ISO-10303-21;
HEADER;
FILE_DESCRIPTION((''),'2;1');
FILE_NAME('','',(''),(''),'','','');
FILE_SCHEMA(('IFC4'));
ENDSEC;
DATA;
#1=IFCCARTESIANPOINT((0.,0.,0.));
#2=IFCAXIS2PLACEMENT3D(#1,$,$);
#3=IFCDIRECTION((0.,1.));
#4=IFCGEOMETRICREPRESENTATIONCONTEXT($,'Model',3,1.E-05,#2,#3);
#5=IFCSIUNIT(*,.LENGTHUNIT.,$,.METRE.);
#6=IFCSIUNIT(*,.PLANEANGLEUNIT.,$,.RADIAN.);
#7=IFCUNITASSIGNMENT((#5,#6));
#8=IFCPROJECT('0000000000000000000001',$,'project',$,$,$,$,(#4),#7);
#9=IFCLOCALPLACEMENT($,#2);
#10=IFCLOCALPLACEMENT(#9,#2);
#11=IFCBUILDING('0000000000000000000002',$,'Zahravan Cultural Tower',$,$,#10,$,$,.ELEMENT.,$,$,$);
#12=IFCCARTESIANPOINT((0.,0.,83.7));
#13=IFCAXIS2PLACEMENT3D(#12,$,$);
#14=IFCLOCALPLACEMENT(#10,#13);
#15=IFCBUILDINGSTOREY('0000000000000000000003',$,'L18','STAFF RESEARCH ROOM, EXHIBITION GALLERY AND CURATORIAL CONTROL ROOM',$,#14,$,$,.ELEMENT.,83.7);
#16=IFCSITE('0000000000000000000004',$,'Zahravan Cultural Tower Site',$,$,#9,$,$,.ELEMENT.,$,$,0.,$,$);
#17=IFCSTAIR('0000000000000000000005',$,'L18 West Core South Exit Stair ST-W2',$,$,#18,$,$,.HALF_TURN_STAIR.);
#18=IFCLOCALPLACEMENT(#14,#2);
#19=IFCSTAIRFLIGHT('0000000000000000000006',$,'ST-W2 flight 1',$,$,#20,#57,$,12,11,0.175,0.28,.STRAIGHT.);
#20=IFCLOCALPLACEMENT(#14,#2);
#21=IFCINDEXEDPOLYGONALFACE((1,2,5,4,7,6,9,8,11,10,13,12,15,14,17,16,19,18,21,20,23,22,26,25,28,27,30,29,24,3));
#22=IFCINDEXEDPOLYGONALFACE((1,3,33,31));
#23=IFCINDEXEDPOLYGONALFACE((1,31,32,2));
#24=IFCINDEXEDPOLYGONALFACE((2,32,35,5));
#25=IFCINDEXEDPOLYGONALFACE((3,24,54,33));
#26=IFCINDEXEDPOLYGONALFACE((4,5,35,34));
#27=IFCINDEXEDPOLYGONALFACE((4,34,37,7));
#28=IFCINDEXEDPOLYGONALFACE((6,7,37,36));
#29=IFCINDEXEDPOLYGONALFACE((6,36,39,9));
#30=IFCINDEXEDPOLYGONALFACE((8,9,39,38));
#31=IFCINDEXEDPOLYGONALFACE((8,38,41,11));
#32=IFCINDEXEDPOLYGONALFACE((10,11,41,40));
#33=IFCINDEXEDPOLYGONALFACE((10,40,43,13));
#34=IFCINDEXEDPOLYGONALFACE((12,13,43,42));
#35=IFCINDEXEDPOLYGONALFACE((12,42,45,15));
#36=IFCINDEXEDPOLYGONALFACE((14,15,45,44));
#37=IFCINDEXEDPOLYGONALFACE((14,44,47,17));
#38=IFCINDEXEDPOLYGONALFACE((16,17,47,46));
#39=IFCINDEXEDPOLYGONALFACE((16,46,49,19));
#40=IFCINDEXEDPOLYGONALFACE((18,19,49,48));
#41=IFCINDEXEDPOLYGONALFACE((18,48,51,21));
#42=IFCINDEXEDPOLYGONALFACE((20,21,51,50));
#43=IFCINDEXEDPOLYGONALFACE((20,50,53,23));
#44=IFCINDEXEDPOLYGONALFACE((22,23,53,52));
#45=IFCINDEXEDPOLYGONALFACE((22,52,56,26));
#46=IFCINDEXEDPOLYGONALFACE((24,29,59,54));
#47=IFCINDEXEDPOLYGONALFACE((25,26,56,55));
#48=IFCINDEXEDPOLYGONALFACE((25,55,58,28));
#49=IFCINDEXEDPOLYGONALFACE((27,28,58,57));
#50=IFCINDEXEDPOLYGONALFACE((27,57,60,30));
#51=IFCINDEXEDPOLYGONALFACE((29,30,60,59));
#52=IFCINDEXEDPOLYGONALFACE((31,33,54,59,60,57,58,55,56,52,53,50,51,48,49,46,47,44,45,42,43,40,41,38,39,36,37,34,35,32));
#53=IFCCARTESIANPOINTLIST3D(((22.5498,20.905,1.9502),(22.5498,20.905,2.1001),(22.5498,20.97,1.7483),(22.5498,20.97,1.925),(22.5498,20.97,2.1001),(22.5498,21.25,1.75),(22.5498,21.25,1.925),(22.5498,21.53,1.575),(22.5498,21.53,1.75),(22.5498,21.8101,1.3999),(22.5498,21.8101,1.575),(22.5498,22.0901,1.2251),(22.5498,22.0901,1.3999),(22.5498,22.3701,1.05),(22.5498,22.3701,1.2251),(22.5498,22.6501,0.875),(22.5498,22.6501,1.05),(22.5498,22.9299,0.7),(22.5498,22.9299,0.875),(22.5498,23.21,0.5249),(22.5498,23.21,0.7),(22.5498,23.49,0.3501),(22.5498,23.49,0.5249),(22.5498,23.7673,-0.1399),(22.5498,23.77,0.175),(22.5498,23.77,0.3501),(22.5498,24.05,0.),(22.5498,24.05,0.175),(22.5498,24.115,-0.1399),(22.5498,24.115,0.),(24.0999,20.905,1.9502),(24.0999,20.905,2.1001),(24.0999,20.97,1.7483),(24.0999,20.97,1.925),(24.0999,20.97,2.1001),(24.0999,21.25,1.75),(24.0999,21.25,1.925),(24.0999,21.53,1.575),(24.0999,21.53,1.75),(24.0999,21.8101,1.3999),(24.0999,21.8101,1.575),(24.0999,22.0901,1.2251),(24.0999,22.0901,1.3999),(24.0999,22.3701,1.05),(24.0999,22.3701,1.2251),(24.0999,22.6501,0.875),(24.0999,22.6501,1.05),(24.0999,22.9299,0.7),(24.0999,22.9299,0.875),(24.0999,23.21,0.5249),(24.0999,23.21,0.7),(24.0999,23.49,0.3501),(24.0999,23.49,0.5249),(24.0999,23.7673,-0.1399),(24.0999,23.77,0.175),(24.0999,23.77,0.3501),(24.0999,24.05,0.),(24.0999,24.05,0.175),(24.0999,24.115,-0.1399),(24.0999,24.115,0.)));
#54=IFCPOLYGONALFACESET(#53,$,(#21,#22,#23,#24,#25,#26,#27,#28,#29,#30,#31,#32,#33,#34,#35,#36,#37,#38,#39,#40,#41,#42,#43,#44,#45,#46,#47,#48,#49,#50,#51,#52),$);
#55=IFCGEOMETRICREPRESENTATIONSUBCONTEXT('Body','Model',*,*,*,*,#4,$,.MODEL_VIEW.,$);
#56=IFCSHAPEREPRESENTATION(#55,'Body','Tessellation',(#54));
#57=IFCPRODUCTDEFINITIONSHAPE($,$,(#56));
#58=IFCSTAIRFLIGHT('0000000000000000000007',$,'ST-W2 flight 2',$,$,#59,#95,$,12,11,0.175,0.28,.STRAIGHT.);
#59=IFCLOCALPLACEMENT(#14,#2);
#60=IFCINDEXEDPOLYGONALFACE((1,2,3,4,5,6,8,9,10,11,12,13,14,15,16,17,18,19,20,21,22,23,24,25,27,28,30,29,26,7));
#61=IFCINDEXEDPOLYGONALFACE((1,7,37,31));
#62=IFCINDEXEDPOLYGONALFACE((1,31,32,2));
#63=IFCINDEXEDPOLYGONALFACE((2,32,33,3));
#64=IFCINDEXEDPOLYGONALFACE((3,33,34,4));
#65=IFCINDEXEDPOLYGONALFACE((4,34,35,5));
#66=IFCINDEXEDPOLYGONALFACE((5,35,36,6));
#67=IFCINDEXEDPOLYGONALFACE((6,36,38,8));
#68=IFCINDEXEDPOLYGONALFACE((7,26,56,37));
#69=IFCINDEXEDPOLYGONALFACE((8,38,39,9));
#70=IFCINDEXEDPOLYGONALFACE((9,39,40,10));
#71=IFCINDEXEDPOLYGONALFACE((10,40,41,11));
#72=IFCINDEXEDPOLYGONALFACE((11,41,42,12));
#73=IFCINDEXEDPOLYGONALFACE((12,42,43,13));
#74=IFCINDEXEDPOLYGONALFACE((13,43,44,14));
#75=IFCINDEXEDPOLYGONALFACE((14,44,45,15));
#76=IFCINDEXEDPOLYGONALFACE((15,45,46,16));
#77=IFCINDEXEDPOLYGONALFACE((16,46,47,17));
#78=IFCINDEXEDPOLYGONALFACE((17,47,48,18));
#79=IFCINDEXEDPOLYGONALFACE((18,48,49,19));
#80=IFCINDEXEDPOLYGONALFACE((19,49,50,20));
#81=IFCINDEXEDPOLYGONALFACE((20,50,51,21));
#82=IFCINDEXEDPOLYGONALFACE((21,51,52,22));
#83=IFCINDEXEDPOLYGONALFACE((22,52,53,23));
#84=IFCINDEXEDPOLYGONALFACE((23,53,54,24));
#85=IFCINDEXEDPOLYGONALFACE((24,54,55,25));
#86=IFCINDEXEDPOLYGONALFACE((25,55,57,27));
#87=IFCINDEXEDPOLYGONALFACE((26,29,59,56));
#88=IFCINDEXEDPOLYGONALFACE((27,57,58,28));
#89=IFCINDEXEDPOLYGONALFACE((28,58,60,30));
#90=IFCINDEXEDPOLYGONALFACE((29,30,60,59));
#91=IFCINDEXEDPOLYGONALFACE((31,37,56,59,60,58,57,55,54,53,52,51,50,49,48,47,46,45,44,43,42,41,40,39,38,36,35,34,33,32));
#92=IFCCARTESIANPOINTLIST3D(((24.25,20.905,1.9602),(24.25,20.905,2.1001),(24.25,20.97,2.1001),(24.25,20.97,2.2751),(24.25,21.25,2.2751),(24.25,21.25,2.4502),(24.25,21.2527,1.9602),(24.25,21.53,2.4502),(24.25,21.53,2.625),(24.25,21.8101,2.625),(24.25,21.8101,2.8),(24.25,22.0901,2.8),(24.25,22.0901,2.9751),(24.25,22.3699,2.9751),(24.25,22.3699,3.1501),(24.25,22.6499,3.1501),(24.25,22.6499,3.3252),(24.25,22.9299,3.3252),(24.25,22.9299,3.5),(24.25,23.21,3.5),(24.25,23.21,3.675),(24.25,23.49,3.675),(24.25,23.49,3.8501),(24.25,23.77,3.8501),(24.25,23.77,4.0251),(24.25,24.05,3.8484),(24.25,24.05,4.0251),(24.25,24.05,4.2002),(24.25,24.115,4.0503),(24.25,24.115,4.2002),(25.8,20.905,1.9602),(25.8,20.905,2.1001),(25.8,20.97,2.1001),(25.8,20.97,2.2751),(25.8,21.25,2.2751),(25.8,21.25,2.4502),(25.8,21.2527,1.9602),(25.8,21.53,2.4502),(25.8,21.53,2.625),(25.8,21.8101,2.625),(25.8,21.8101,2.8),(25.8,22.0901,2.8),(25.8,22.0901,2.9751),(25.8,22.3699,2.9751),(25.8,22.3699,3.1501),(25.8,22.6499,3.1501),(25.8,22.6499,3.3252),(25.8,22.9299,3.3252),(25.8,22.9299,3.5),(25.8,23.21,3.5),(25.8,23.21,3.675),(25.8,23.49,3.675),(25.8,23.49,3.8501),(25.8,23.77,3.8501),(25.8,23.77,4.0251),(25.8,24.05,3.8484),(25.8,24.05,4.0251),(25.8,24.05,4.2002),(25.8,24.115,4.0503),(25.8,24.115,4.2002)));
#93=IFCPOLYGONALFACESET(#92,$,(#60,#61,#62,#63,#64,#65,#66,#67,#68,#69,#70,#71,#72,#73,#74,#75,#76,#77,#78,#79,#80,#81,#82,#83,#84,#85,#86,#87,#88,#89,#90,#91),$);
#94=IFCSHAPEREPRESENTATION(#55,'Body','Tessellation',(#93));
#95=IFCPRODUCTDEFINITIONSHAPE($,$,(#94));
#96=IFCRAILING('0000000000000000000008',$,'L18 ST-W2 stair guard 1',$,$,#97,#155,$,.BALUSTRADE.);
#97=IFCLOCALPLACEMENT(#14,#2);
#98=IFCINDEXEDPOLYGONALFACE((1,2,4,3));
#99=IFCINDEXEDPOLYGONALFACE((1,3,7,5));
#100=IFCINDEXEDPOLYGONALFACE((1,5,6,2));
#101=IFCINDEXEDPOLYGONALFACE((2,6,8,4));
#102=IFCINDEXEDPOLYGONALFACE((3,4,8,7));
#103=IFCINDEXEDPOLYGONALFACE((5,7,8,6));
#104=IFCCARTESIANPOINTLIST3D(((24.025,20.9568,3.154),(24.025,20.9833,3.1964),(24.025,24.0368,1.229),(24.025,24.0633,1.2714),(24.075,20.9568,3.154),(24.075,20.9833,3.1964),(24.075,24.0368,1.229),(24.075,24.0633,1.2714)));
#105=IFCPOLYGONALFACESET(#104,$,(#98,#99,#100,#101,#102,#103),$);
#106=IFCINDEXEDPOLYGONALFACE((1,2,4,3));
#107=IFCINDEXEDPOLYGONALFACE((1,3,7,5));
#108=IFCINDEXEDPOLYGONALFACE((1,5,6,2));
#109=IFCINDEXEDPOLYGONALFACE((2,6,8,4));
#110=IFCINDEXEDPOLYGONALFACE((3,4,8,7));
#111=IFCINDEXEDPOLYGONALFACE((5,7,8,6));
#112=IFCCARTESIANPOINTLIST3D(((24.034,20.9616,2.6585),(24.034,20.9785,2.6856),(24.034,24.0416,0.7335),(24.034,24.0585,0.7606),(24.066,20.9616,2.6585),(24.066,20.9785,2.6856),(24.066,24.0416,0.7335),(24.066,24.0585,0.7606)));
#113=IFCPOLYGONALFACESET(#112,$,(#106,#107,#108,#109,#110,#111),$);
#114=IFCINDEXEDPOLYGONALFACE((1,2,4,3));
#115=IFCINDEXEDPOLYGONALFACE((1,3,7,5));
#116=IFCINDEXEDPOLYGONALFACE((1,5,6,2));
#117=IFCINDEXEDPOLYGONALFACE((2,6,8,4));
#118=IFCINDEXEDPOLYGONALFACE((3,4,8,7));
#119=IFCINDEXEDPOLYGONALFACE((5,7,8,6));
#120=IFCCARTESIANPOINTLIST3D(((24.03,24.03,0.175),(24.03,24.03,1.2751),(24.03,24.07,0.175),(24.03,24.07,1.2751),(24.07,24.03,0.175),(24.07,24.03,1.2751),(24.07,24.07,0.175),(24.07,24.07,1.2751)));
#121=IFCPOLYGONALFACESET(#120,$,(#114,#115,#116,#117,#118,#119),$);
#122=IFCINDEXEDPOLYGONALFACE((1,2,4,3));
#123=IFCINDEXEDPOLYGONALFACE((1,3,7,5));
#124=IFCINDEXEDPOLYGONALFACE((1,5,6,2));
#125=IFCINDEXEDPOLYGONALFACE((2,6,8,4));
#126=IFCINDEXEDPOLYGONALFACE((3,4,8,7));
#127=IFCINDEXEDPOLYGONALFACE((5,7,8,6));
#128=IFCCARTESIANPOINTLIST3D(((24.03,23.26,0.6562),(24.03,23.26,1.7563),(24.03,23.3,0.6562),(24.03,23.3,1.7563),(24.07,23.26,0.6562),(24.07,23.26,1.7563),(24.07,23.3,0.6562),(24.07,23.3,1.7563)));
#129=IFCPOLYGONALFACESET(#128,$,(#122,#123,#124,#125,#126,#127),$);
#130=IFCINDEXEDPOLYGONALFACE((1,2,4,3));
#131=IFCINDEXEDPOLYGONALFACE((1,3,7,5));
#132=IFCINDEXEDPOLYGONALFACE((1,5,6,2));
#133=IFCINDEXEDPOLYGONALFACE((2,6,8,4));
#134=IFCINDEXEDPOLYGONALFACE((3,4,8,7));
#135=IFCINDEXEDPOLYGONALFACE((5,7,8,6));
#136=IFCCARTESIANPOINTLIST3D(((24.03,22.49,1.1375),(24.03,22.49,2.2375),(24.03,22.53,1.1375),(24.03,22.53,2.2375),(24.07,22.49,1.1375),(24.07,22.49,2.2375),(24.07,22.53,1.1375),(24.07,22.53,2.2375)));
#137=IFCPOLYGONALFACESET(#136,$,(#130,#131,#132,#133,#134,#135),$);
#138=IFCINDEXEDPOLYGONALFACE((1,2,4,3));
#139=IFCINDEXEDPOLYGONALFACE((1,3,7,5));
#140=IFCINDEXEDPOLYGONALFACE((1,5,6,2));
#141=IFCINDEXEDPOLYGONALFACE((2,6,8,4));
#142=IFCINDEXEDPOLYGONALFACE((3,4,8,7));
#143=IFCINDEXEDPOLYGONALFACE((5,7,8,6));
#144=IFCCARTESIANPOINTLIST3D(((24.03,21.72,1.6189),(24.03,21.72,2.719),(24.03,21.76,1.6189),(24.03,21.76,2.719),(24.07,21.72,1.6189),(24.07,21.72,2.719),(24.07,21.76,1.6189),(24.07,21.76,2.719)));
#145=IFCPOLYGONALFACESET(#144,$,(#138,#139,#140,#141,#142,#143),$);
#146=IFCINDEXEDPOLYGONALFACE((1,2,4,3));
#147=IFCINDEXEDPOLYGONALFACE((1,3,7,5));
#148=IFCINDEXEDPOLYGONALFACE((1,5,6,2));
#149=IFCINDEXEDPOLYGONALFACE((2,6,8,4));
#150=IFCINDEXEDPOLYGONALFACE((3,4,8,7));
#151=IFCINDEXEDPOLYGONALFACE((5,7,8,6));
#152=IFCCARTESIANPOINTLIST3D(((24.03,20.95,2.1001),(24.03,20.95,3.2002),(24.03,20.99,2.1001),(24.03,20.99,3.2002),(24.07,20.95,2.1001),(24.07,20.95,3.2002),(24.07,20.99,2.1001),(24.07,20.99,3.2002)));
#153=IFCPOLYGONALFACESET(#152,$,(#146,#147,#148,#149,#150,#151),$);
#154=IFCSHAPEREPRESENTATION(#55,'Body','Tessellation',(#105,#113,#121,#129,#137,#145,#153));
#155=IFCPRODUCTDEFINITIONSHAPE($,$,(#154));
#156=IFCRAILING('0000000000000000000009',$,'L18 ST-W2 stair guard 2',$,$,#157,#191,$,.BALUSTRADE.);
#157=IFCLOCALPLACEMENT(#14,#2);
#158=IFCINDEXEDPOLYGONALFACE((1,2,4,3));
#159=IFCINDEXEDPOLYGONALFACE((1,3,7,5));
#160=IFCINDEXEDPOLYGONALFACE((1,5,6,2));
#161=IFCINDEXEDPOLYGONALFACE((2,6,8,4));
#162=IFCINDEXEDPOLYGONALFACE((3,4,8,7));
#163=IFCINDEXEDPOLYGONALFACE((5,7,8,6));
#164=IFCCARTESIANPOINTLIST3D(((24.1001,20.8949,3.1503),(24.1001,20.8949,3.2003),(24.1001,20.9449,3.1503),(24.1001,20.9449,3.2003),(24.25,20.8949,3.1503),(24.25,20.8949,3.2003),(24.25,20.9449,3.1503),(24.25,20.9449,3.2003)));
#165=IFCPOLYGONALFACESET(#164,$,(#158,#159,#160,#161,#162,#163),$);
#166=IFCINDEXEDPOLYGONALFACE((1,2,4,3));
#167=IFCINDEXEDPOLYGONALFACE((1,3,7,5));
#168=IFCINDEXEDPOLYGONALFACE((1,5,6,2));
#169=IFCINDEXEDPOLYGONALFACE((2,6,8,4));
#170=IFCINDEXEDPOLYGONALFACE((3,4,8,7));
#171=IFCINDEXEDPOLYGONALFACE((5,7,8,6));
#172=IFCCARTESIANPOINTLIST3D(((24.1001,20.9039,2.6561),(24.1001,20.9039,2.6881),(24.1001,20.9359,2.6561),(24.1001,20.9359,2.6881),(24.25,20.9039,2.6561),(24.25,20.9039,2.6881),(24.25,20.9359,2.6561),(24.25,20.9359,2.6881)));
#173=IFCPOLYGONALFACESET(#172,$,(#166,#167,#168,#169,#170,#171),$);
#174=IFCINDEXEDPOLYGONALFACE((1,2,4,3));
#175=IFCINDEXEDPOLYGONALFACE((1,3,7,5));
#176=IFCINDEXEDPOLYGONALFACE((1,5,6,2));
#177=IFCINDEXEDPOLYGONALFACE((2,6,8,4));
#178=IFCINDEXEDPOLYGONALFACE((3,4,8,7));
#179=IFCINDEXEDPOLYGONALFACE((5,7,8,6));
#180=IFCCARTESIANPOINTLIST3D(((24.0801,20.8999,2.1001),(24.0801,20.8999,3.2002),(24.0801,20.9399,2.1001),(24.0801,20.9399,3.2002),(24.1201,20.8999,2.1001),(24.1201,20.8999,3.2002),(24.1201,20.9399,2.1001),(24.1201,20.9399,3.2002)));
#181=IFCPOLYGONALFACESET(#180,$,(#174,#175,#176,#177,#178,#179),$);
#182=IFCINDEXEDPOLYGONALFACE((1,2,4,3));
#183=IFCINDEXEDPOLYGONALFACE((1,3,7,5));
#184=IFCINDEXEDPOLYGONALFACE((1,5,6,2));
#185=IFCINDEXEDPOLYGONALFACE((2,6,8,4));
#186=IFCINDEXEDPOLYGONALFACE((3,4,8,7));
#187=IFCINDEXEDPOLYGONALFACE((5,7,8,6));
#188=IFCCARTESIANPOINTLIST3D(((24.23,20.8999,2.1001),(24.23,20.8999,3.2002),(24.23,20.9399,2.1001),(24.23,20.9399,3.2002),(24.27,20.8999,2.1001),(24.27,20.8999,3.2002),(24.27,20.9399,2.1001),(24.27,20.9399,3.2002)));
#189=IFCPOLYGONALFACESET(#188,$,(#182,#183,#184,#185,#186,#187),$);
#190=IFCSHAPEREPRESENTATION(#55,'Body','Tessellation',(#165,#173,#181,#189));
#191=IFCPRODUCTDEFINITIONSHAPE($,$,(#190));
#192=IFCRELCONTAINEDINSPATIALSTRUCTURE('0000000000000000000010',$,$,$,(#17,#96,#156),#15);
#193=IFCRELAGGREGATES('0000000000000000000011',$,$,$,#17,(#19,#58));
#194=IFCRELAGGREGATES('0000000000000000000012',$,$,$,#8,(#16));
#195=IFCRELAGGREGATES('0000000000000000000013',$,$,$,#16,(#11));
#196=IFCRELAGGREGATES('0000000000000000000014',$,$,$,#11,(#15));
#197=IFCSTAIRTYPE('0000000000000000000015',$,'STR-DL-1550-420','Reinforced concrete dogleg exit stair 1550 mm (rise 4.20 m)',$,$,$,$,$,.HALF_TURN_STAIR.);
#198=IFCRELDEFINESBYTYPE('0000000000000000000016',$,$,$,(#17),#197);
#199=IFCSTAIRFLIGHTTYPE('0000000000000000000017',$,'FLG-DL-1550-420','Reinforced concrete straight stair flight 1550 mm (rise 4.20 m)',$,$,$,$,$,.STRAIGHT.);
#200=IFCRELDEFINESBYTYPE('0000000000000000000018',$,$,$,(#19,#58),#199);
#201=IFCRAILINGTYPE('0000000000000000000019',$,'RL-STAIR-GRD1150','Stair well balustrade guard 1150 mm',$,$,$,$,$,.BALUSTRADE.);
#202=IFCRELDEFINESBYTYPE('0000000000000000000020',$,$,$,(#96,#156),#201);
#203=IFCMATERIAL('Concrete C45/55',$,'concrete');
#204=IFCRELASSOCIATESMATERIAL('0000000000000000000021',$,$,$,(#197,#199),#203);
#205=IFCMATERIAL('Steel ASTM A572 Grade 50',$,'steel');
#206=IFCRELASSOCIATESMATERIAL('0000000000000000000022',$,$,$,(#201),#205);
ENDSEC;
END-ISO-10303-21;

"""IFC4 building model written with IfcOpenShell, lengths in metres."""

from ifc_helpers import new_model, si_unit, direction, frame, origin, origin_2d, place, context, subcontext, project, spatial, polyline, rectangle, outline, extrude, material, type_object, element, aggregate, save


model = new_model("IFC4")

# Units and contexts
model_context = context("Model", 3, precision=1e-05, world=origin(), true_north=direction((0.0, 1.0)))
body_context = subcontext(model_context, "Body", "Model", "MODEL_VIEW")
ifc_project = project(units=[si_unit("LENGTHUNIT", "METRE"), si_unit("PLANEANGLEUNIT", "RADIAN")], contexts=[model_context])

# Site, building, storey
site_placement = place(None, origin())
site = spatial("IfcSite", under=ifc_project, at=site_placement, Name="Zahravan Cultural Tower Site", CompositionType="ELEMENT", RefElevation=0.0)
building_placement = place(site_placement, origin())
building = spatial("IfcBuilding", under=site, at=building_placement, Name="Zahravan Cultural Tower", CompositionType="ELEMENT")
storey_placement = place(building_placement, frame((0.0, 0.0, 83.7)))
storey = spatial("IfcBuildingStorey", under=building, at=storey_placement, Name="L18", Description="STAFF RESEARCH ROOM, EXHIBITION GALLERY AND CURATORIAL CONTROL ROOM", CompositionType="ELEMENT", Elevation=83.7)

# Shared definitions
ifc_material_1 = material(Name="Concrete C45/55", Category="concrete")
ifc_material_2 = material(Name="Steel ASTM A572 Grade 50", Category="steel")

# Stair, stair flights
stair_type = type_object("IfcStairType", Name="STR-DL-1550-420", Description="Reinforced concrete dogleg exit stair 1550 mm (rise 4.20 m)", PredefinedType="HALF_TURN_STAIR", material=ifc_material_1)
stair_placement = place(storey_placement, origin())
stair = element("IfcStair", 1, at=stair_placement, inside=storey, type_object=stair_type, Name="L18 West Core South Exit Stair ST-W2", PredefinedType="HALF_TURN_STAIR")
stair_flight_type = type_object("IfcStairFlightType", Name="FLG-DL-1550-420", Description="Reinforced concrete straight stair flight 1550 mm (rise 4.20 m)", PredefinedType="STRAIGHT", material=ifc_material_1)
stair_flight_1_placement = place(storey_placement, frame((23.325, 24.05, 0.0), z_axis=(0.0, 0.0, 1.0), x_axis=(0.0, -1.0, 0.0)))
stair_flight_1 = element("IfcStairFlight", 2, at=stair_flight_1_placement, type_object=stair_flight_type, Name="ST-W2 flight 1", NumberOfRisers=12, NumberOfTreads=11, PredefinedType="STRAIGHT", RiserHeight=0.175, TreadLength=0.28, context=body_context, shape_type="SweptSolid", body=[
    extrude(outline(polyline([(-0.0649, -0.1399), (-0.0649, 0.0), (0.0, 0.0), (0.0, 0.175), (0.28, 0.175), (0.28, 0.3501), (0.5601, 0.3501), (0.5601, 0.5249), (0.8401, 0.5249), (0.8401, 0.7), (1.1201, 0.7), (1.1201, 0.875), (1.3999, 0.875), (1.3999, 1.05), (1.6799, 1.05), (1.6799, 1.2251), (1.96, 1.2251), (1.96, 1.3999), (2.24, 1.3999), (2.24, 1.575), (2.52, 1.575), (2.52, 1.75), (2.8, 1.75), (2.8, 1.925), (3.0801, 1.925), (3.0801, 2.1001), (3.145, 2.1001), (3.145, 1.9502), (3.0801, 1.7483), (0.2827, -0.1399), (-0.0649, -0.1399)])), frame((0.0, 0.7749, 0.0), z_axis=(0.0, -1.0, 0.0), x_axis=(1.0, 0.0, 0.0)), (0.0, 0.0, 1.0), 1.55),
])
stair_flight_2_placement = place(storey_placement, frame((25.0249, 20.97, 2.1001), z_axis=(0.0, 0.0, 1.0), x_axis=(0.0, 1.0, 0.0)))
stair_flight_2 = element("IfcStairFlight", 3, at=stair_flight_2_placement, type_object=stair_flight_type, Name="ST-W2 flight 2", NumberOfRisers=12, NumberOfTreads=11, PredefinedType="STRAIGHT", RiserHeight=0.175, TreadLength=0.28, context=body_context, shape_type="SweptSolid", body=[
    extrude(outline(polyline([(-0.0649, -0.1399), (-0.0649, 0.0), (0.0, 0.0), (0.0, 0.175), (0.28, 0.175), (0.28, 0.3501), (0.5601, 0.3501), (0.5601, 0.5249), (0.8401, 0.5249), (0.8401, 0.7), (1.1201, 0.7), (1.1201, 0.875), (1.3999, 0.875), (1.3999, 1.05), (1.6799, 1.05), (1.6799, 1.2251), (1.96, 1.2251), (1.96, 1.3999), (2.24, 1.3999), (2.24, 1.575), (2.52, 1.575), (2.52, 1.75), (2.8, 1.75), (2.8, 1.925), (3.0801, 1.925), (3.0801, 2.1001), (3.145, 2.1001), (3.145, 1.9502), (3.0801, 1.7483), (0.2827, -0.1399), (-0.0649, -0.1399)])), frame((0.0, 0.7749, 0.0), z_axis=(0.0, -1.0, 0.0), x_axis=(1.0, 0.0, 0.0)), (0.0, 0.0, 1.0), 1.55),
])
aggregate(stair, [stair_flight_1, stair_flight_2])

# Railings
railing_type_1 = type_object("IfcRailingType", Name="RL-STAIR-GRD1150", Description="Stair well balustrade guard 1150 mm", PredefinedType="BALUSTRADE", material=ifc_material_2)
railing_1_placement = place(storey_placement, frame((24.05, 24.05, 0.175)))
element("IfcRailing", 4, at=railing_1_placement, inside=storey, type_object=railing_type_1, Name="L18 ST-W2 stair guard 1", PredefinedType="BALUSTRADE", context=body_context, shape_type="SweptSolid", body=[
    extrude(rectangle(XDim=0.05, YDim=0.05, at=origin_2d()), frame((0.0, 0.0, 1.0752), z_axis=(0.0, -0.847998, 0.529999), x_axis=(1.0, 0.0, 0.0)), (0.0, 0.0, 1.0), 3.6321),
    extrude(rectangle(XDim=0.032, YDim=0.032, at=origin_2d()), frame((0.0, 0.0, 0.572), z_axis=(0.0, -0.847998, 0.529999), x_axis=(1.0, 0.0, 0.0)), (0.0, 0.0, 1.0), 3.6321),
    extrude(rectangle(XDim=0.04, YDim=0.04, at=origin_2d()), origin(), (0.0, 0.0, 1.0), 1.1001),
    extrude(rectangle(XDim=0.04, YDim=0.04, at=origin_2d()), frame((0.0, -0.77, 0.4812)), (0.0, 0.0, 1.0), 1.1001),
    extrude(rectangle(XDim=0.04, YDim=0.04, at=origin_2d()), frame((0.0, -1.54, 0.9624)), (0.0, 0.0, 1.0), 1.1001),
    extrude(rectangle(XDim=0.04, YDim=0.04, at=origin_2d()), frame((0.0, -2.3101, 1.4438)), (0.0, 0.0, 1.0), 1.1001),
    extrude(rectangle(XDim=0.04, YDim=0.04, at=origin_2d()), frame((0.0, -3.0801, 1.925)), (0.0, 0.0, 1.0), 1.1001),
])
railing_2_placement = place(storey_placement, frame((24.1001, 20.9199, 2.1001)))
element("IfcRailing", 5, at=railing_2_placement, inside=storey, type_object=railing_type_1, Name="L18 ST-W2 stair guard 2", PredefinedType="BALUSTRADE", context=body_context, shape_type="SweptSolid", body=[
    extrude(rectangle(XDim=0.05, YDim=0.05, at=origin_2d()), frame((0.0, 0.0, 1.0752), z_axis=(1.0, 0.0, 0.0), x_axis=(0.0, 1.0, 0.0)), (0.0, 0.0, 1.0), 0.1499),
    extrude(rectangle(XDim=0.032, YDim=0.032, at=origin_2d()), frame((0.0, 0.0, 0.572), z_axis=(1.0, 0.0, 0.0), x_axis=(0.0, 1.0, 0.0)), (0.0, 0.0, 1.0), 0.1499),
    extrude(rectangle(XDim=0.04, YDim=0.04, at=origin_2d()), origin(), (0.0, 0.0, 1.0), 1.1001),
    extrude(rectangle(XDim=0.04, YDim=0.04, at=origin_2d()), frame((0.1499, 0.0, 0.0)), (0.0, 0.0, 1.0), 1.1001),
])

save(model, "model.ifc")
